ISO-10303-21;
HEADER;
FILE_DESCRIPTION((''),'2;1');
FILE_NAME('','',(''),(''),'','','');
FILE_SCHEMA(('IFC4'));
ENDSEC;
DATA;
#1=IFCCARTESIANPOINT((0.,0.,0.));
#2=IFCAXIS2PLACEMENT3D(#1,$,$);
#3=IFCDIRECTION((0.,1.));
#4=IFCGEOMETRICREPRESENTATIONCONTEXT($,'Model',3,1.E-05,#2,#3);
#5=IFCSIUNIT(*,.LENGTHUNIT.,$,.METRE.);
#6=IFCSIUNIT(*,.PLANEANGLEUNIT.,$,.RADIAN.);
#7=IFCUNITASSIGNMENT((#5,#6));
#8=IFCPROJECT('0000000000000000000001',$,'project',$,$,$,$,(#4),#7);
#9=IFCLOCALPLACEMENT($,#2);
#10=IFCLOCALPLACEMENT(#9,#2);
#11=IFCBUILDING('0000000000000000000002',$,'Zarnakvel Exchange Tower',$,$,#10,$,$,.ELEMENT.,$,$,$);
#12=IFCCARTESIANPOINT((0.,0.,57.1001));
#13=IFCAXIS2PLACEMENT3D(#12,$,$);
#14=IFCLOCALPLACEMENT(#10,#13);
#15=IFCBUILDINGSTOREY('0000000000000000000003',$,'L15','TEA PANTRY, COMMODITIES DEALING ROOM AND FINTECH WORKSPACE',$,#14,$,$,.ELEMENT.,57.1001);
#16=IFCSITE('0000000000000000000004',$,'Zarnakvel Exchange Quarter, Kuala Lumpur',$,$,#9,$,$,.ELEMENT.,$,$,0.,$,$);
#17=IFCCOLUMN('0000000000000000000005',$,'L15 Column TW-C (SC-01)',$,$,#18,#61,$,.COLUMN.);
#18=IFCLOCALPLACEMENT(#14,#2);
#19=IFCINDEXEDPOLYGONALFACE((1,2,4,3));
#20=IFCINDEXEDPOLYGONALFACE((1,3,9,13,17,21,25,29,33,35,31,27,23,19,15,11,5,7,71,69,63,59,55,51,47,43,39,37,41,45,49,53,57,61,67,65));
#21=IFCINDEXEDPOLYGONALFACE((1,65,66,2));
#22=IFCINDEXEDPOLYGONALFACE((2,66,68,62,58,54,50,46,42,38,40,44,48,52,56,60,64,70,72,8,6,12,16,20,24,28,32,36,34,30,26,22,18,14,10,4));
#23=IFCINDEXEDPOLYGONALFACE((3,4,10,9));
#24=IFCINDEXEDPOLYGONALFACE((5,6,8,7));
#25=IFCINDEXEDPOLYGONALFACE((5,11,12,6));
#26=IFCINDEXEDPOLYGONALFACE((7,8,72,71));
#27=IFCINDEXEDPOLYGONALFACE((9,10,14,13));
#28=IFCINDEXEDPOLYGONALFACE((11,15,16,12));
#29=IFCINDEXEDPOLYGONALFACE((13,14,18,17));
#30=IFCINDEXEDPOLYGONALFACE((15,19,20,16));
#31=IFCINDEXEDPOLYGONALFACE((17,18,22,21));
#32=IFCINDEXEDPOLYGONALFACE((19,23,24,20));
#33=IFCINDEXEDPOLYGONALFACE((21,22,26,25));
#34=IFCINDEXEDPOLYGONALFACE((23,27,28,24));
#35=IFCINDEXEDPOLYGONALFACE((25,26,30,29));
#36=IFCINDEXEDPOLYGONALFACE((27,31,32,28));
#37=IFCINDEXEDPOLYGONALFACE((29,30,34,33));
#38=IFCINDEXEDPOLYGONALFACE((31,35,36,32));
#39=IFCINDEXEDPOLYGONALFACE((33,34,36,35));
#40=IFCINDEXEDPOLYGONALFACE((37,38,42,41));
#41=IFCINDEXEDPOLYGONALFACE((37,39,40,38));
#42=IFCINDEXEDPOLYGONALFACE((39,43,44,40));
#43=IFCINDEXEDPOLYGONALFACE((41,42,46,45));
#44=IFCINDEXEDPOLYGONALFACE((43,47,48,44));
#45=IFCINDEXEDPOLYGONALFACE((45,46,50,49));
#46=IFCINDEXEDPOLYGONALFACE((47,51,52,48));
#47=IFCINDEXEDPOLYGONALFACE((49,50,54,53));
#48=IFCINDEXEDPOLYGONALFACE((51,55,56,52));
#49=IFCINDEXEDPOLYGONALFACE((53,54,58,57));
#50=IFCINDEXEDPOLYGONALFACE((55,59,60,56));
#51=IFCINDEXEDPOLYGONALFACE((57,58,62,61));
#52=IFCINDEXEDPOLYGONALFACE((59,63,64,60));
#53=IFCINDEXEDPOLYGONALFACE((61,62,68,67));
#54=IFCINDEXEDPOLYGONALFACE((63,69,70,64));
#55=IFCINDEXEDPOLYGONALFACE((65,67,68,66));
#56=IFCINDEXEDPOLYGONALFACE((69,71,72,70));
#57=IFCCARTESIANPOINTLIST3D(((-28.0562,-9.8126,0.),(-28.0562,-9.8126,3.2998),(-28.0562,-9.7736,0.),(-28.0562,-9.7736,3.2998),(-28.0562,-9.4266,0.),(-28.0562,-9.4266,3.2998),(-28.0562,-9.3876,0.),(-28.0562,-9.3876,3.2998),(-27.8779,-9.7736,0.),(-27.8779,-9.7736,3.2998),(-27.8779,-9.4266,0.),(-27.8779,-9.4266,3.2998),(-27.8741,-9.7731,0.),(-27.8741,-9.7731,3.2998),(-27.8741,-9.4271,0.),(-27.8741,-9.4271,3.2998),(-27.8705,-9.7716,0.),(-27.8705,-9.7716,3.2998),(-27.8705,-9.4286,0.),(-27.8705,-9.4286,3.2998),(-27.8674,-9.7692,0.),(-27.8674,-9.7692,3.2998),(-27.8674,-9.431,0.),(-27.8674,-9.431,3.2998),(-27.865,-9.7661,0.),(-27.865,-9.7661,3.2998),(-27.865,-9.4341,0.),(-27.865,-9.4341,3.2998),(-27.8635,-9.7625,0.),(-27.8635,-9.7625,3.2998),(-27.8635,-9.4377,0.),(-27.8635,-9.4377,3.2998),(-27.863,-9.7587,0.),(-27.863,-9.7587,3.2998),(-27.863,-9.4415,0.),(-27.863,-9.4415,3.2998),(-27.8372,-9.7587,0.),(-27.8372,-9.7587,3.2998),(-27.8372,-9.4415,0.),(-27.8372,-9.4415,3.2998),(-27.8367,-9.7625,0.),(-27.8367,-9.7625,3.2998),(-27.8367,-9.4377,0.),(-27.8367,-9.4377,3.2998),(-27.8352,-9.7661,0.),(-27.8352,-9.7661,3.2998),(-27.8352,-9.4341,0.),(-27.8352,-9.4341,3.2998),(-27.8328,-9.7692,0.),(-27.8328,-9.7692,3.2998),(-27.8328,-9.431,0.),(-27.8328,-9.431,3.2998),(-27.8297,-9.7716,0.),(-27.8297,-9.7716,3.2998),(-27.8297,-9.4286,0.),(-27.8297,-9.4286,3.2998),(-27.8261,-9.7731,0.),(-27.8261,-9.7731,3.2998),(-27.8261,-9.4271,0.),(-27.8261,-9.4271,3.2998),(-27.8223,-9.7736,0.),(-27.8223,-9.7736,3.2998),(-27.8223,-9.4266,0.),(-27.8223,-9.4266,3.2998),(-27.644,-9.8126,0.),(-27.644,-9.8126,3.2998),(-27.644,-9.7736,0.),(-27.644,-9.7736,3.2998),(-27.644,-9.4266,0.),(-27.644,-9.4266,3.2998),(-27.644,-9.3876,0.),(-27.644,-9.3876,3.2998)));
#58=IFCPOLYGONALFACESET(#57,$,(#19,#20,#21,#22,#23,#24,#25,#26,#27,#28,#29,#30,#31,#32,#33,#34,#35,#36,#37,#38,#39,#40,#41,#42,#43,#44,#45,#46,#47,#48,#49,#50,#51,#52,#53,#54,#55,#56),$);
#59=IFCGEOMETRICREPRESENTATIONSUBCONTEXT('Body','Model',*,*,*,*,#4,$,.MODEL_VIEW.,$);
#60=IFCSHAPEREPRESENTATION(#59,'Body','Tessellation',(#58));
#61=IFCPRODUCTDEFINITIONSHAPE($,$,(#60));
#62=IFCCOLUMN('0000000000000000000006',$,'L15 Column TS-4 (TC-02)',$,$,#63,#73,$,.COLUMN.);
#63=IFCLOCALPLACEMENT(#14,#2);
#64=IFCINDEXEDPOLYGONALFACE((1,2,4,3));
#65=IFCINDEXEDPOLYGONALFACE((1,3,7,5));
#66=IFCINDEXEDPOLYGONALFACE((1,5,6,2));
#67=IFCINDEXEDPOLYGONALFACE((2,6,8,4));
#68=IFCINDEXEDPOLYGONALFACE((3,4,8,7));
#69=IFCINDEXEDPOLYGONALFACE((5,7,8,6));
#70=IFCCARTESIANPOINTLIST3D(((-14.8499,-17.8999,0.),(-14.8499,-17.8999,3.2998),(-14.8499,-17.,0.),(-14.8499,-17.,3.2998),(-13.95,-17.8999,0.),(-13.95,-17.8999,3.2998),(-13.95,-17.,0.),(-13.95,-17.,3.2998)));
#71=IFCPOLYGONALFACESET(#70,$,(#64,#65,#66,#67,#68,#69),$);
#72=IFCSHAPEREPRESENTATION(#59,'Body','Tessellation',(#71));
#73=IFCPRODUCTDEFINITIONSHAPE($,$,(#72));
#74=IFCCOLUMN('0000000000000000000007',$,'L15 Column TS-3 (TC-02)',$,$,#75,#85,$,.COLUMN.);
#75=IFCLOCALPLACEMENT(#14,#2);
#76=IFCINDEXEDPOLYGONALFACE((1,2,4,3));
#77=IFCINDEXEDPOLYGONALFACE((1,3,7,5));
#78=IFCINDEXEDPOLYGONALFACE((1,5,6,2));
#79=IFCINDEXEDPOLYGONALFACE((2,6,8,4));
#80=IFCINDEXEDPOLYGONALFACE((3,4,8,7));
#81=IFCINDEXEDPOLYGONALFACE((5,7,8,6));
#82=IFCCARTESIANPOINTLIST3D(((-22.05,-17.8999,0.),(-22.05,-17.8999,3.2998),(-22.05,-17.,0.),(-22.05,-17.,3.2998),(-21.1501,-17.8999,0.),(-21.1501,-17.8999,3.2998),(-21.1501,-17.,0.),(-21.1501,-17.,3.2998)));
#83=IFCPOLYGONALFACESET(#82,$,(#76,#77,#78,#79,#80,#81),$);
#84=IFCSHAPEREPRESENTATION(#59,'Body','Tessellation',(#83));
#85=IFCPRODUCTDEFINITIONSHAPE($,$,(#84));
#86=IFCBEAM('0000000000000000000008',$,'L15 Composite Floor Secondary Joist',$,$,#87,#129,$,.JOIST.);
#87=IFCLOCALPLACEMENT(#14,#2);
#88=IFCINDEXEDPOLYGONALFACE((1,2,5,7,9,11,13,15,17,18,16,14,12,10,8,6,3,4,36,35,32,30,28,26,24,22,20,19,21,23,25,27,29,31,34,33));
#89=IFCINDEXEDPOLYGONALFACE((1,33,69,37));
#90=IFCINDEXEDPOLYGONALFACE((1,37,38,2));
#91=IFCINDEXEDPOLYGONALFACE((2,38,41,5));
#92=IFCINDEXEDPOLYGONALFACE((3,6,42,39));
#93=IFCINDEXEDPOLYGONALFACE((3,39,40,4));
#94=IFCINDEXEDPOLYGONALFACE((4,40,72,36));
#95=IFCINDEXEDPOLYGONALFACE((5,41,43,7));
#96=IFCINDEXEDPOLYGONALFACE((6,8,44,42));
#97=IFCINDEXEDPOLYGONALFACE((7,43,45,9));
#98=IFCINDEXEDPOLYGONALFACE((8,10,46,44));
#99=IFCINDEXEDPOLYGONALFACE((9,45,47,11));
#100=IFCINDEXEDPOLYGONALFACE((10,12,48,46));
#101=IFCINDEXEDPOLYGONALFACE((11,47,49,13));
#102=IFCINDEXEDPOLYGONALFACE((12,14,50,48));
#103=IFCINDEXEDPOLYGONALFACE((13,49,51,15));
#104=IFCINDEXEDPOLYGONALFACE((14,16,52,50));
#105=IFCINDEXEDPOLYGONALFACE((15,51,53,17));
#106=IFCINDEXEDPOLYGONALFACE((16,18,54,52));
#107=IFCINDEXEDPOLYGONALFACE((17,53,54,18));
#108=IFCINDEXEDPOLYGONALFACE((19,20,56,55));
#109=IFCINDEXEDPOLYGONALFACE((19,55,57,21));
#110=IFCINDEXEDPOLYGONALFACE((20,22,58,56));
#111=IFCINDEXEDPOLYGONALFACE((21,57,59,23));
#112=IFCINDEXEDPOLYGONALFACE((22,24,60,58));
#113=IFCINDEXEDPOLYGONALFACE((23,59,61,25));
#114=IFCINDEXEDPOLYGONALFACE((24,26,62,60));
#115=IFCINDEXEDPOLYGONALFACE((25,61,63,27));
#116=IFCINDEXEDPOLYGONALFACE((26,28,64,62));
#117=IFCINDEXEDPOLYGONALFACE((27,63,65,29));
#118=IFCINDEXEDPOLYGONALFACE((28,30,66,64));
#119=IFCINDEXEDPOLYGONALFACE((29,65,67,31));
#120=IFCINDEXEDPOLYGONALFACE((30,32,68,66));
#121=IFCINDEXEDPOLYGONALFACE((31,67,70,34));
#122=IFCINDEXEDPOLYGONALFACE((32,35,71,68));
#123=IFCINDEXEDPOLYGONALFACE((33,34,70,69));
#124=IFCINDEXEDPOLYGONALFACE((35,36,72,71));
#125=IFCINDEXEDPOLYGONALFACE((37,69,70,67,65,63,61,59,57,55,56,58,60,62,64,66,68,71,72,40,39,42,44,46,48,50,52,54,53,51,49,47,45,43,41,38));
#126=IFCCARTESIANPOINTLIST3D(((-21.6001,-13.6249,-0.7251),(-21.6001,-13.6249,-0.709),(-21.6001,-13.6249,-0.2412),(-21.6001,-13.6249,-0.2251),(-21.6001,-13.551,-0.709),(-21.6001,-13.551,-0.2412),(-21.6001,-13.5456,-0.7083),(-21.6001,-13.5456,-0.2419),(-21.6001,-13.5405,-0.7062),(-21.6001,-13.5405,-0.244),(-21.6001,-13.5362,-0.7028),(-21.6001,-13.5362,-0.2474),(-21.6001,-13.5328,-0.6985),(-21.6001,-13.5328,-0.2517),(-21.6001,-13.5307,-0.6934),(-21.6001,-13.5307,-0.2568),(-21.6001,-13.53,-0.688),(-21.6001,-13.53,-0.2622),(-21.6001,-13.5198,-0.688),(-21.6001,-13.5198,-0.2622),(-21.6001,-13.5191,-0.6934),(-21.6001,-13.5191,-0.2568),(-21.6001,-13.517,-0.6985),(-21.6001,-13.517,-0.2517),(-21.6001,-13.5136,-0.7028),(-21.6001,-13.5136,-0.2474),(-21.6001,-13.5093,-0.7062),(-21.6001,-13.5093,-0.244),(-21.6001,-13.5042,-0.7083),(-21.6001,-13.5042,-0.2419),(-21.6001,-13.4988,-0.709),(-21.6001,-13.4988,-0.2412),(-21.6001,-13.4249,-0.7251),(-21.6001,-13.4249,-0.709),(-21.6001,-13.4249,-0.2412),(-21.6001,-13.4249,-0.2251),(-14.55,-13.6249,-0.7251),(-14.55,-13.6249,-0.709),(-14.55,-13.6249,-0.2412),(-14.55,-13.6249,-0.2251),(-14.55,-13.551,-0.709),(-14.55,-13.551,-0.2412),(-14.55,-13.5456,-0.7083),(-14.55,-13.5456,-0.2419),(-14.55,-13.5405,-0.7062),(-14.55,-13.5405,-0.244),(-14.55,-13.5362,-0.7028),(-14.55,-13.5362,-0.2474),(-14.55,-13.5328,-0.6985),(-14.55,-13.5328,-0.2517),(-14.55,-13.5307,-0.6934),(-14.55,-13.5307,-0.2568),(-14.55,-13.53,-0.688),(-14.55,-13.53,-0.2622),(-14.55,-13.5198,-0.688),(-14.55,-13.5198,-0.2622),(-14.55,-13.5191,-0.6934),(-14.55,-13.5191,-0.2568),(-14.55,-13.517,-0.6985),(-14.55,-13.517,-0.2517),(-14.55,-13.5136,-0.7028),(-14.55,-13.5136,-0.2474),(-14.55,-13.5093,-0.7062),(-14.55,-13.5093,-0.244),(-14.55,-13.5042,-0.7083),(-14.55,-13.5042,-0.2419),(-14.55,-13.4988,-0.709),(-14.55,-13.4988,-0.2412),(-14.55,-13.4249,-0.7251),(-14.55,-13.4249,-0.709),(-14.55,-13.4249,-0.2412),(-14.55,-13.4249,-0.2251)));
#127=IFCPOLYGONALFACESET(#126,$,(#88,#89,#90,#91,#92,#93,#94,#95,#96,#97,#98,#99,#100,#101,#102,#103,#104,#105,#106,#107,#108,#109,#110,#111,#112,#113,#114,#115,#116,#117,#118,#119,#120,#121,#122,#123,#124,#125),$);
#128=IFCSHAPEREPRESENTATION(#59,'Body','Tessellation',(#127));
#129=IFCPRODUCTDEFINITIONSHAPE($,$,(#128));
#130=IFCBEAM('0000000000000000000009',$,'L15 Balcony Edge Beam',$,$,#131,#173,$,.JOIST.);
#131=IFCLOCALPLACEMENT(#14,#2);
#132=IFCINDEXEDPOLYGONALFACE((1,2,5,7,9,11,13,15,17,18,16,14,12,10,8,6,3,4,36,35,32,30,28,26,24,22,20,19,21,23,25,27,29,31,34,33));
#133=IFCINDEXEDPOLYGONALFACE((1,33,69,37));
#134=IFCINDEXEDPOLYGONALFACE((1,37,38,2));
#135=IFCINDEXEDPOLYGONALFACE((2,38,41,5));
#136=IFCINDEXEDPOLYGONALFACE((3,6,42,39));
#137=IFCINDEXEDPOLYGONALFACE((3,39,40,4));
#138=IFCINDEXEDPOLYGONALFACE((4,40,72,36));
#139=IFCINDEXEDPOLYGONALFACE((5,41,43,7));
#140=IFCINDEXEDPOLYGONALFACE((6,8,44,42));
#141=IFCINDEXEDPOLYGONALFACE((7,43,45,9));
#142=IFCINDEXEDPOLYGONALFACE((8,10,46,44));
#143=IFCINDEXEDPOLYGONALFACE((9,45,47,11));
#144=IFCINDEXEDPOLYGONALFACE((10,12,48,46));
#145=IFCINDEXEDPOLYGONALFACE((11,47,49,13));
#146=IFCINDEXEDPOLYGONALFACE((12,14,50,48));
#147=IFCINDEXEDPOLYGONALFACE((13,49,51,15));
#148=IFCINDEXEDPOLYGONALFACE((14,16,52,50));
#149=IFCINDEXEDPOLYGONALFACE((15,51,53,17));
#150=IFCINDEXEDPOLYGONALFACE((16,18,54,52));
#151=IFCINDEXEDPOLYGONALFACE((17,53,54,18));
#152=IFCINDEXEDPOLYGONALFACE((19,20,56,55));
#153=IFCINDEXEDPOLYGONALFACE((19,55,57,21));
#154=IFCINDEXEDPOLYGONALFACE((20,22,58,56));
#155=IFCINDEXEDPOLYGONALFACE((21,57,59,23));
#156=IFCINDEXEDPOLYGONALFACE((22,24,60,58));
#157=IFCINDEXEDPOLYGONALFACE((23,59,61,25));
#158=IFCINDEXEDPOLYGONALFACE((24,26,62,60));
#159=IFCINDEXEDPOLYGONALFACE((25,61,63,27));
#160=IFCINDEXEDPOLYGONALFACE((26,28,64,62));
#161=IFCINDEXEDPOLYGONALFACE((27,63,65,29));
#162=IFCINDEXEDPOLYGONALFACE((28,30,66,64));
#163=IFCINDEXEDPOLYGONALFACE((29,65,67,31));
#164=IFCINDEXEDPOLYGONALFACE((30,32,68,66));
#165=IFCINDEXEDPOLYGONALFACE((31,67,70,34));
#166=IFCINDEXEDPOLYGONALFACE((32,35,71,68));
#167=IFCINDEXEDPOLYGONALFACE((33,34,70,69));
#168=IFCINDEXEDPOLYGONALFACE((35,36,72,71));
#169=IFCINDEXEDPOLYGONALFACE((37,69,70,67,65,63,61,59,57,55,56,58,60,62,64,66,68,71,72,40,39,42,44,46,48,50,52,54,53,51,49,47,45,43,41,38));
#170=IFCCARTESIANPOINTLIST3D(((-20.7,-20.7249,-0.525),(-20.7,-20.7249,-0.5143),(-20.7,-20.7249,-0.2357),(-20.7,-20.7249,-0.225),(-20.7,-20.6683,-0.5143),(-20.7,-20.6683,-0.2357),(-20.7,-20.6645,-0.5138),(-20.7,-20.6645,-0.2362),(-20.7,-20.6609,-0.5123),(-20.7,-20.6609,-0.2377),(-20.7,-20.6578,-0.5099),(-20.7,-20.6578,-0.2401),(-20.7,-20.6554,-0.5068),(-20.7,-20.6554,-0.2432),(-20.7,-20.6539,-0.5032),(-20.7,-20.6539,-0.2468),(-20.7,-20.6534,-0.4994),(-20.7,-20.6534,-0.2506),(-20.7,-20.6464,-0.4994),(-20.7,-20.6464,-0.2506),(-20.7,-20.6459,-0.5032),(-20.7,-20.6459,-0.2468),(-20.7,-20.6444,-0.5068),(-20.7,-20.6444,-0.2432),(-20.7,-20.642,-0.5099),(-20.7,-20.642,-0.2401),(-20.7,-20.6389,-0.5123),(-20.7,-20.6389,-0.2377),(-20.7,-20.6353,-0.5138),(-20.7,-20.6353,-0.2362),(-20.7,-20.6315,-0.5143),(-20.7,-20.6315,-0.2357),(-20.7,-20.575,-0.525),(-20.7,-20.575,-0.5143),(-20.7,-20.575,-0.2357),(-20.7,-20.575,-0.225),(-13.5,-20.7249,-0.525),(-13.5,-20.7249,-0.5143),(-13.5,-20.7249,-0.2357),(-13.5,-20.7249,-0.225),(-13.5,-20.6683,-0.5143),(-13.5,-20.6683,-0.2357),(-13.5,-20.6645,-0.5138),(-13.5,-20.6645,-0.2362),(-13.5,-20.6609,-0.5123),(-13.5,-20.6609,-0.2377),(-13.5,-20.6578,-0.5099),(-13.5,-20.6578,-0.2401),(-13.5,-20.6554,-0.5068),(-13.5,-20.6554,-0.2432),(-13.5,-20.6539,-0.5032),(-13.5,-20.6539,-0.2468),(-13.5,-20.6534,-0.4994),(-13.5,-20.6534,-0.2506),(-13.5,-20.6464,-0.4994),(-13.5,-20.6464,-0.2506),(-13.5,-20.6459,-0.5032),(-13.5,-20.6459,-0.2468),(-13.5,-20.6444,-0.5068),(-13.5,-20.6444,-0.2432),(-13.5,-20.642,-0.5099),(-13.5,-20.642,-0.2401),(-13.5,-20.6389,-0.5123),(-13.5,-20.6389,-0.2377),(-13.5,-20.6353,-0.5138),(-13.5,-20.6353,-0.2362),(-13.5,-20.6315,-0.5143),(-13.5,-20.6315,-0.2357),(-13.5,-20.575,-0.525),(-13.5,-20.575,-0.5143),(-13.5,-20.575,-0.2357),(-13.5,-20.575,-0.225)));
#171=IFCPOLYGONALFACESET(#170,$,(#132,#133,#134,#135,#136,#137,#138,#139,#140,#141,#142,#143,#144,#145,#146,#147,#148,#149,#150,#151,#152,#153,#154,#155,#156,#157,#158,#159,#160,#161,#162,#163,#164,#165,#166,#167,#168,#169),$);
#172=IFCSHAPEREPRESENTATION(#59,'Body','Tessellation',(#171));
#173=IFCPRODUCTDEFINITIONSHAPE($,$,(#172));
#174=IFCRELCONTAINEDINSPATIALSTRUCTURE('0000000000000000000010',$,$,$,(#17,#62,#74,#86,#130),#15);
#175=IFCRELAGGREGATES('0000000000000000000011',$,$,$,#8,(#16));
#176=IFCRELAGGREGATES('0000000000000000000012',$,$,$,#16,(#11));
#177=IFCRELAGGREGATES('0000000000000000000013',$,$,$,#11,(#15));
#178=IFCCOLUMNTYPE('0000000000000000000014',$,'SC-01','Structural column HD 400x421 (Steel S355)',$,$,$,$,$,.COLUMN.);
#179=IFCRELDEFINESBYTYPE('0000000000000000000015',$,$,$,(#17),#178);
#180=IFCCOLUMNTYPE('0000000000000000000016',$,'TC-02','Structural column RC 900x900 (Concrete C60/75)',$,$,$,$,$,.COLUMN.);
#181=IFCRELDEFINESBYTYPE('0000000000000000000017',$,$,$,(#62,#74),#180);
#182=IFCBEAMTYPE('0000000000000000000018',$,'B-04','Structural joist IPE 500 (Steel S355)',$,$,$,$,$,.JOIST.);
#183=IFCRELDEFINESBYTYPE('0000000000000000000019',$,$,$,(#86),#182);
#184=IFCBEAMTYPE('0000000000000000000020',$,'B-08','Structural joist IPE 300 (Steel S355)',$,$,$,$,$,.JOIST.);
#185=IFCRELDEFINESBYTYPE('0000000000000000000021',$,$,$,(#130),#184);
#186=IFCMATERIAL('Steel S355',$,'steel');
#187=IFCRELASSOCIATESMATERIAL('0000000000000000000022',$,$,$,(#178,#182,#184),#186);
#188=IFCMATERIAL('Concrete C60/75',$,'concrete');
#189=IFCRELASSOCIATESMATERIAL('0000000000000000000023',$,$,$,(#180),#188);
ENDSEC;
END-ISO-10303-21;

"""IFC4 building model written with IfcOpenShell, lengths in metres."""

from ifc_helpers import new_model, si_unit, direction, frame, origin, origin_2d, place, context, subcontext, project, spatial, rectangle, i_section, extrude, material, material_profile, profile_set, type_object, element, save


model = new_model("IFC4")

# Units and contexts
model_context = context("Model", 3, precision=1e-05, world=origin(), true_north=direction((0.0, 1.0)))
body_context = subcontext(model_context, "Body", "Model", "MODEL_VIEW")
ifc_project = project(units=[si_unit("LENGTHUNIT", "METRE"), si_unit("PLANEANGLEUNIT", "RADIAN")], contexts=[model_context])

# Site, building, storey
site_placement = place(None, origin())
site = spatial("IfcSite", under=ifc_project, at=site_placement, Name="Zarnakvel Exchange Quarter, Kuala Lumpur", CompositionType="ELEMENT", RefElevation=0.0)
building_placement = place(site_placement, origin())
building = spatial("IfcBuilding", under=site, at=building_placement, Name="Zarnakvel Exchange Tower", CompositionType="ELEMENT")
storey_placement = place(building_placement, frame((0.0, 0.0, 57.1001)))
storey = spatial("IfcBuildingStorey", under=building, at=storey_placement, Name="L15", Description="TEA PANTRY, COMMODITIES DEALING ROOM AND FINTECH WORKSPACE", CompositionType="ELEMENT", Elevation=57.1001)

# Columns
ifc_material_1 = material(Name="Steel S355", Category="steel")
ifc_material_profile_1 = material_profile(ifc_material_1, i_section(OverallWidth=0.4121, OverallDepth=0.425, WebThickness=0.0259, FlangeThickness=0.0391, FilletRadius=0.0149, at=origin_2d()))
ifc_profile_set_1 = profile_set([ifc_material_profile_1], Name="Steel S355")
column_type_1 = type_object("IfcColumnType", Name="SC-01", Description="Structural column HD 400x421 (Steel S355)", PredefinedType="COLUMN", material=ifc_profile_set_1)
column_placement = place(storey_placement, frame((-27.8501, -9.6001, 0.0), z_axis=(0.0, 0.0, 1.0), x_axis=(1.0, 0.0, 0.0)))
element("IfcColumn", 1, at=column_placement, inside=storey, type_object=column_type_1, Name="L15 Column TW-C (SC-01)", PredefinedType="COLUMN", context=body_context, shape_type="SweptSolid", body=[
    extrude(i_section(OverallWidth=0.4121, OverallDepth=0.425, WebThickness=0.0259, FlangeThickness=0.0391, FilletRadius=0.0149, at=origin_2d()), origin(), (0.0, 0.0, 1.0), 3.2998),
])
ifc_material_2 = material(Name="Concrete C60/75", Category="concrete")
ifc_material_profile_2 = material_profile(ifc_material_2, rectangle(XDim=0.8999, YDim=0.8999, at=origin_2d()))
ifc_profile_set_2 = profile_set([ifc_material_profile_2], Name="Concrete C60/75")
column_type_2 = type_object("IfcColumnType", Name="TC-02", Description="Structural column RC 900x900 (Concrete C60/75)", PredefinedType="COLUMN", material=ifc_profile_set_2)
for number, where, z_axis, x_axis, name in (
    (2, (-14.3999, -17.45, 0.0), (0.0, 0.0, 1.0), (1.0, 0.0, 0.0), "L15 Column TS-4 (TC-02)"),
    (3, (-21.6001, -17.45, 0.0), (0.0, 0.0, 1.0), (1.0, 0.0, 0.0), "L15 Column TS-3 (TC-02)"),
):
    element("IfcColumn", number, at=place(storey_placement, frame(where, z_axis=z_axis, x_axis=x_axis)), inside=storey, type_object=column_type_2, Name=name, PredefinedType="COLUMN", context=body_context, shape_type="SweptSolid", body=[
        extrude(rectangle(XDim=0.8999, YDim=0.8999, at=origin_2d()), origin(), (0.0, 0.0, 1.0), 3.2998),
    ])

# Beams
ifc_material_profile_3 = material_profile(ifc_material_1, i_section(OverallWidth=0.2, OverallDepth=0.5, WebThickness=0.0103, FlangeThickness=0.0161, FilletRadius=0.021, at=origin_2d()))
ifc_profile_set_3 = profile_set([ifc_material_profile_3], Name="Steel S355")
beam_type_1 = type_object("IfcBeamType", Name="B-04", Description="Structural joist IPE 500 (Steel S355)", PredefinedType="JOIST", material=ifc_profile_set_3)
beam_1_placement = place(storey_placement, frame((-21.6001, -13.5249, -0.4751), z_axis=(1.0, 0.0, 0.0), x_axis=(0.0, 1.0, 0.0)))
element("IfcBeam", 4, at=beam_1_placement, inside=storey, type_object=beam_type_1, Name="L15 Composite Floor Secondary Joist", PredefinedType="JOIST", context=body_context, shape_type="SweptSolid", body=[
    extrude(i_section(OverallWidth=0.2, OverallDepth=0.5, WebThickness=0.0103, FlangeThickness=0.0161, FilletRadius=0.021, at=origin_2d()), origin(), (0.0, 0.0, 1.0), 7.05),
])
ifc_material_profile_4 = material_profile(ifc_material_1, i_section(OverallWidth=0.1499, OverallDepth=0.3, WebThickness=0.0071, FlangeThickness=0.0107, FilletRadius=0.0149, at=origin_2d()))
ifc_profile_set_4 = profile_set([ifc_material_profile_4], Name="Steel S355")
beam_type_2 = type_object("IfcBeamType", Name="B-08", Description="Structural joist IPE 300 (Steel S355)", PredefinedType="JOIST", material=ifc_profile_set_4)
beam_2_placement = place(storey_placement, frame((-20.7, -20.6499, -0.375), z_axis=(1.0, 0.0, 0.0), x_axis=(0.0, 1.0, 0.0)))
element("IfcBeam", 5, at=beam_2_placement, inside=storey, type_object=beam_type_2, Name="L15 Balcony Edge Beam", PredefinedType="JOIST", context=body_context, shape_type="SweptSolid", body=[
    extrude(i_section(OverallWidth=0.1499, OverallDepth=0.3, WebThickness=0.0071, FlangeThickness=0.0107, FilletRadius=0.0149, at=origin_2d()), origin(), (0.0, 0.0, 1.0), 7.2),
])

save(model, "model.ifc")
